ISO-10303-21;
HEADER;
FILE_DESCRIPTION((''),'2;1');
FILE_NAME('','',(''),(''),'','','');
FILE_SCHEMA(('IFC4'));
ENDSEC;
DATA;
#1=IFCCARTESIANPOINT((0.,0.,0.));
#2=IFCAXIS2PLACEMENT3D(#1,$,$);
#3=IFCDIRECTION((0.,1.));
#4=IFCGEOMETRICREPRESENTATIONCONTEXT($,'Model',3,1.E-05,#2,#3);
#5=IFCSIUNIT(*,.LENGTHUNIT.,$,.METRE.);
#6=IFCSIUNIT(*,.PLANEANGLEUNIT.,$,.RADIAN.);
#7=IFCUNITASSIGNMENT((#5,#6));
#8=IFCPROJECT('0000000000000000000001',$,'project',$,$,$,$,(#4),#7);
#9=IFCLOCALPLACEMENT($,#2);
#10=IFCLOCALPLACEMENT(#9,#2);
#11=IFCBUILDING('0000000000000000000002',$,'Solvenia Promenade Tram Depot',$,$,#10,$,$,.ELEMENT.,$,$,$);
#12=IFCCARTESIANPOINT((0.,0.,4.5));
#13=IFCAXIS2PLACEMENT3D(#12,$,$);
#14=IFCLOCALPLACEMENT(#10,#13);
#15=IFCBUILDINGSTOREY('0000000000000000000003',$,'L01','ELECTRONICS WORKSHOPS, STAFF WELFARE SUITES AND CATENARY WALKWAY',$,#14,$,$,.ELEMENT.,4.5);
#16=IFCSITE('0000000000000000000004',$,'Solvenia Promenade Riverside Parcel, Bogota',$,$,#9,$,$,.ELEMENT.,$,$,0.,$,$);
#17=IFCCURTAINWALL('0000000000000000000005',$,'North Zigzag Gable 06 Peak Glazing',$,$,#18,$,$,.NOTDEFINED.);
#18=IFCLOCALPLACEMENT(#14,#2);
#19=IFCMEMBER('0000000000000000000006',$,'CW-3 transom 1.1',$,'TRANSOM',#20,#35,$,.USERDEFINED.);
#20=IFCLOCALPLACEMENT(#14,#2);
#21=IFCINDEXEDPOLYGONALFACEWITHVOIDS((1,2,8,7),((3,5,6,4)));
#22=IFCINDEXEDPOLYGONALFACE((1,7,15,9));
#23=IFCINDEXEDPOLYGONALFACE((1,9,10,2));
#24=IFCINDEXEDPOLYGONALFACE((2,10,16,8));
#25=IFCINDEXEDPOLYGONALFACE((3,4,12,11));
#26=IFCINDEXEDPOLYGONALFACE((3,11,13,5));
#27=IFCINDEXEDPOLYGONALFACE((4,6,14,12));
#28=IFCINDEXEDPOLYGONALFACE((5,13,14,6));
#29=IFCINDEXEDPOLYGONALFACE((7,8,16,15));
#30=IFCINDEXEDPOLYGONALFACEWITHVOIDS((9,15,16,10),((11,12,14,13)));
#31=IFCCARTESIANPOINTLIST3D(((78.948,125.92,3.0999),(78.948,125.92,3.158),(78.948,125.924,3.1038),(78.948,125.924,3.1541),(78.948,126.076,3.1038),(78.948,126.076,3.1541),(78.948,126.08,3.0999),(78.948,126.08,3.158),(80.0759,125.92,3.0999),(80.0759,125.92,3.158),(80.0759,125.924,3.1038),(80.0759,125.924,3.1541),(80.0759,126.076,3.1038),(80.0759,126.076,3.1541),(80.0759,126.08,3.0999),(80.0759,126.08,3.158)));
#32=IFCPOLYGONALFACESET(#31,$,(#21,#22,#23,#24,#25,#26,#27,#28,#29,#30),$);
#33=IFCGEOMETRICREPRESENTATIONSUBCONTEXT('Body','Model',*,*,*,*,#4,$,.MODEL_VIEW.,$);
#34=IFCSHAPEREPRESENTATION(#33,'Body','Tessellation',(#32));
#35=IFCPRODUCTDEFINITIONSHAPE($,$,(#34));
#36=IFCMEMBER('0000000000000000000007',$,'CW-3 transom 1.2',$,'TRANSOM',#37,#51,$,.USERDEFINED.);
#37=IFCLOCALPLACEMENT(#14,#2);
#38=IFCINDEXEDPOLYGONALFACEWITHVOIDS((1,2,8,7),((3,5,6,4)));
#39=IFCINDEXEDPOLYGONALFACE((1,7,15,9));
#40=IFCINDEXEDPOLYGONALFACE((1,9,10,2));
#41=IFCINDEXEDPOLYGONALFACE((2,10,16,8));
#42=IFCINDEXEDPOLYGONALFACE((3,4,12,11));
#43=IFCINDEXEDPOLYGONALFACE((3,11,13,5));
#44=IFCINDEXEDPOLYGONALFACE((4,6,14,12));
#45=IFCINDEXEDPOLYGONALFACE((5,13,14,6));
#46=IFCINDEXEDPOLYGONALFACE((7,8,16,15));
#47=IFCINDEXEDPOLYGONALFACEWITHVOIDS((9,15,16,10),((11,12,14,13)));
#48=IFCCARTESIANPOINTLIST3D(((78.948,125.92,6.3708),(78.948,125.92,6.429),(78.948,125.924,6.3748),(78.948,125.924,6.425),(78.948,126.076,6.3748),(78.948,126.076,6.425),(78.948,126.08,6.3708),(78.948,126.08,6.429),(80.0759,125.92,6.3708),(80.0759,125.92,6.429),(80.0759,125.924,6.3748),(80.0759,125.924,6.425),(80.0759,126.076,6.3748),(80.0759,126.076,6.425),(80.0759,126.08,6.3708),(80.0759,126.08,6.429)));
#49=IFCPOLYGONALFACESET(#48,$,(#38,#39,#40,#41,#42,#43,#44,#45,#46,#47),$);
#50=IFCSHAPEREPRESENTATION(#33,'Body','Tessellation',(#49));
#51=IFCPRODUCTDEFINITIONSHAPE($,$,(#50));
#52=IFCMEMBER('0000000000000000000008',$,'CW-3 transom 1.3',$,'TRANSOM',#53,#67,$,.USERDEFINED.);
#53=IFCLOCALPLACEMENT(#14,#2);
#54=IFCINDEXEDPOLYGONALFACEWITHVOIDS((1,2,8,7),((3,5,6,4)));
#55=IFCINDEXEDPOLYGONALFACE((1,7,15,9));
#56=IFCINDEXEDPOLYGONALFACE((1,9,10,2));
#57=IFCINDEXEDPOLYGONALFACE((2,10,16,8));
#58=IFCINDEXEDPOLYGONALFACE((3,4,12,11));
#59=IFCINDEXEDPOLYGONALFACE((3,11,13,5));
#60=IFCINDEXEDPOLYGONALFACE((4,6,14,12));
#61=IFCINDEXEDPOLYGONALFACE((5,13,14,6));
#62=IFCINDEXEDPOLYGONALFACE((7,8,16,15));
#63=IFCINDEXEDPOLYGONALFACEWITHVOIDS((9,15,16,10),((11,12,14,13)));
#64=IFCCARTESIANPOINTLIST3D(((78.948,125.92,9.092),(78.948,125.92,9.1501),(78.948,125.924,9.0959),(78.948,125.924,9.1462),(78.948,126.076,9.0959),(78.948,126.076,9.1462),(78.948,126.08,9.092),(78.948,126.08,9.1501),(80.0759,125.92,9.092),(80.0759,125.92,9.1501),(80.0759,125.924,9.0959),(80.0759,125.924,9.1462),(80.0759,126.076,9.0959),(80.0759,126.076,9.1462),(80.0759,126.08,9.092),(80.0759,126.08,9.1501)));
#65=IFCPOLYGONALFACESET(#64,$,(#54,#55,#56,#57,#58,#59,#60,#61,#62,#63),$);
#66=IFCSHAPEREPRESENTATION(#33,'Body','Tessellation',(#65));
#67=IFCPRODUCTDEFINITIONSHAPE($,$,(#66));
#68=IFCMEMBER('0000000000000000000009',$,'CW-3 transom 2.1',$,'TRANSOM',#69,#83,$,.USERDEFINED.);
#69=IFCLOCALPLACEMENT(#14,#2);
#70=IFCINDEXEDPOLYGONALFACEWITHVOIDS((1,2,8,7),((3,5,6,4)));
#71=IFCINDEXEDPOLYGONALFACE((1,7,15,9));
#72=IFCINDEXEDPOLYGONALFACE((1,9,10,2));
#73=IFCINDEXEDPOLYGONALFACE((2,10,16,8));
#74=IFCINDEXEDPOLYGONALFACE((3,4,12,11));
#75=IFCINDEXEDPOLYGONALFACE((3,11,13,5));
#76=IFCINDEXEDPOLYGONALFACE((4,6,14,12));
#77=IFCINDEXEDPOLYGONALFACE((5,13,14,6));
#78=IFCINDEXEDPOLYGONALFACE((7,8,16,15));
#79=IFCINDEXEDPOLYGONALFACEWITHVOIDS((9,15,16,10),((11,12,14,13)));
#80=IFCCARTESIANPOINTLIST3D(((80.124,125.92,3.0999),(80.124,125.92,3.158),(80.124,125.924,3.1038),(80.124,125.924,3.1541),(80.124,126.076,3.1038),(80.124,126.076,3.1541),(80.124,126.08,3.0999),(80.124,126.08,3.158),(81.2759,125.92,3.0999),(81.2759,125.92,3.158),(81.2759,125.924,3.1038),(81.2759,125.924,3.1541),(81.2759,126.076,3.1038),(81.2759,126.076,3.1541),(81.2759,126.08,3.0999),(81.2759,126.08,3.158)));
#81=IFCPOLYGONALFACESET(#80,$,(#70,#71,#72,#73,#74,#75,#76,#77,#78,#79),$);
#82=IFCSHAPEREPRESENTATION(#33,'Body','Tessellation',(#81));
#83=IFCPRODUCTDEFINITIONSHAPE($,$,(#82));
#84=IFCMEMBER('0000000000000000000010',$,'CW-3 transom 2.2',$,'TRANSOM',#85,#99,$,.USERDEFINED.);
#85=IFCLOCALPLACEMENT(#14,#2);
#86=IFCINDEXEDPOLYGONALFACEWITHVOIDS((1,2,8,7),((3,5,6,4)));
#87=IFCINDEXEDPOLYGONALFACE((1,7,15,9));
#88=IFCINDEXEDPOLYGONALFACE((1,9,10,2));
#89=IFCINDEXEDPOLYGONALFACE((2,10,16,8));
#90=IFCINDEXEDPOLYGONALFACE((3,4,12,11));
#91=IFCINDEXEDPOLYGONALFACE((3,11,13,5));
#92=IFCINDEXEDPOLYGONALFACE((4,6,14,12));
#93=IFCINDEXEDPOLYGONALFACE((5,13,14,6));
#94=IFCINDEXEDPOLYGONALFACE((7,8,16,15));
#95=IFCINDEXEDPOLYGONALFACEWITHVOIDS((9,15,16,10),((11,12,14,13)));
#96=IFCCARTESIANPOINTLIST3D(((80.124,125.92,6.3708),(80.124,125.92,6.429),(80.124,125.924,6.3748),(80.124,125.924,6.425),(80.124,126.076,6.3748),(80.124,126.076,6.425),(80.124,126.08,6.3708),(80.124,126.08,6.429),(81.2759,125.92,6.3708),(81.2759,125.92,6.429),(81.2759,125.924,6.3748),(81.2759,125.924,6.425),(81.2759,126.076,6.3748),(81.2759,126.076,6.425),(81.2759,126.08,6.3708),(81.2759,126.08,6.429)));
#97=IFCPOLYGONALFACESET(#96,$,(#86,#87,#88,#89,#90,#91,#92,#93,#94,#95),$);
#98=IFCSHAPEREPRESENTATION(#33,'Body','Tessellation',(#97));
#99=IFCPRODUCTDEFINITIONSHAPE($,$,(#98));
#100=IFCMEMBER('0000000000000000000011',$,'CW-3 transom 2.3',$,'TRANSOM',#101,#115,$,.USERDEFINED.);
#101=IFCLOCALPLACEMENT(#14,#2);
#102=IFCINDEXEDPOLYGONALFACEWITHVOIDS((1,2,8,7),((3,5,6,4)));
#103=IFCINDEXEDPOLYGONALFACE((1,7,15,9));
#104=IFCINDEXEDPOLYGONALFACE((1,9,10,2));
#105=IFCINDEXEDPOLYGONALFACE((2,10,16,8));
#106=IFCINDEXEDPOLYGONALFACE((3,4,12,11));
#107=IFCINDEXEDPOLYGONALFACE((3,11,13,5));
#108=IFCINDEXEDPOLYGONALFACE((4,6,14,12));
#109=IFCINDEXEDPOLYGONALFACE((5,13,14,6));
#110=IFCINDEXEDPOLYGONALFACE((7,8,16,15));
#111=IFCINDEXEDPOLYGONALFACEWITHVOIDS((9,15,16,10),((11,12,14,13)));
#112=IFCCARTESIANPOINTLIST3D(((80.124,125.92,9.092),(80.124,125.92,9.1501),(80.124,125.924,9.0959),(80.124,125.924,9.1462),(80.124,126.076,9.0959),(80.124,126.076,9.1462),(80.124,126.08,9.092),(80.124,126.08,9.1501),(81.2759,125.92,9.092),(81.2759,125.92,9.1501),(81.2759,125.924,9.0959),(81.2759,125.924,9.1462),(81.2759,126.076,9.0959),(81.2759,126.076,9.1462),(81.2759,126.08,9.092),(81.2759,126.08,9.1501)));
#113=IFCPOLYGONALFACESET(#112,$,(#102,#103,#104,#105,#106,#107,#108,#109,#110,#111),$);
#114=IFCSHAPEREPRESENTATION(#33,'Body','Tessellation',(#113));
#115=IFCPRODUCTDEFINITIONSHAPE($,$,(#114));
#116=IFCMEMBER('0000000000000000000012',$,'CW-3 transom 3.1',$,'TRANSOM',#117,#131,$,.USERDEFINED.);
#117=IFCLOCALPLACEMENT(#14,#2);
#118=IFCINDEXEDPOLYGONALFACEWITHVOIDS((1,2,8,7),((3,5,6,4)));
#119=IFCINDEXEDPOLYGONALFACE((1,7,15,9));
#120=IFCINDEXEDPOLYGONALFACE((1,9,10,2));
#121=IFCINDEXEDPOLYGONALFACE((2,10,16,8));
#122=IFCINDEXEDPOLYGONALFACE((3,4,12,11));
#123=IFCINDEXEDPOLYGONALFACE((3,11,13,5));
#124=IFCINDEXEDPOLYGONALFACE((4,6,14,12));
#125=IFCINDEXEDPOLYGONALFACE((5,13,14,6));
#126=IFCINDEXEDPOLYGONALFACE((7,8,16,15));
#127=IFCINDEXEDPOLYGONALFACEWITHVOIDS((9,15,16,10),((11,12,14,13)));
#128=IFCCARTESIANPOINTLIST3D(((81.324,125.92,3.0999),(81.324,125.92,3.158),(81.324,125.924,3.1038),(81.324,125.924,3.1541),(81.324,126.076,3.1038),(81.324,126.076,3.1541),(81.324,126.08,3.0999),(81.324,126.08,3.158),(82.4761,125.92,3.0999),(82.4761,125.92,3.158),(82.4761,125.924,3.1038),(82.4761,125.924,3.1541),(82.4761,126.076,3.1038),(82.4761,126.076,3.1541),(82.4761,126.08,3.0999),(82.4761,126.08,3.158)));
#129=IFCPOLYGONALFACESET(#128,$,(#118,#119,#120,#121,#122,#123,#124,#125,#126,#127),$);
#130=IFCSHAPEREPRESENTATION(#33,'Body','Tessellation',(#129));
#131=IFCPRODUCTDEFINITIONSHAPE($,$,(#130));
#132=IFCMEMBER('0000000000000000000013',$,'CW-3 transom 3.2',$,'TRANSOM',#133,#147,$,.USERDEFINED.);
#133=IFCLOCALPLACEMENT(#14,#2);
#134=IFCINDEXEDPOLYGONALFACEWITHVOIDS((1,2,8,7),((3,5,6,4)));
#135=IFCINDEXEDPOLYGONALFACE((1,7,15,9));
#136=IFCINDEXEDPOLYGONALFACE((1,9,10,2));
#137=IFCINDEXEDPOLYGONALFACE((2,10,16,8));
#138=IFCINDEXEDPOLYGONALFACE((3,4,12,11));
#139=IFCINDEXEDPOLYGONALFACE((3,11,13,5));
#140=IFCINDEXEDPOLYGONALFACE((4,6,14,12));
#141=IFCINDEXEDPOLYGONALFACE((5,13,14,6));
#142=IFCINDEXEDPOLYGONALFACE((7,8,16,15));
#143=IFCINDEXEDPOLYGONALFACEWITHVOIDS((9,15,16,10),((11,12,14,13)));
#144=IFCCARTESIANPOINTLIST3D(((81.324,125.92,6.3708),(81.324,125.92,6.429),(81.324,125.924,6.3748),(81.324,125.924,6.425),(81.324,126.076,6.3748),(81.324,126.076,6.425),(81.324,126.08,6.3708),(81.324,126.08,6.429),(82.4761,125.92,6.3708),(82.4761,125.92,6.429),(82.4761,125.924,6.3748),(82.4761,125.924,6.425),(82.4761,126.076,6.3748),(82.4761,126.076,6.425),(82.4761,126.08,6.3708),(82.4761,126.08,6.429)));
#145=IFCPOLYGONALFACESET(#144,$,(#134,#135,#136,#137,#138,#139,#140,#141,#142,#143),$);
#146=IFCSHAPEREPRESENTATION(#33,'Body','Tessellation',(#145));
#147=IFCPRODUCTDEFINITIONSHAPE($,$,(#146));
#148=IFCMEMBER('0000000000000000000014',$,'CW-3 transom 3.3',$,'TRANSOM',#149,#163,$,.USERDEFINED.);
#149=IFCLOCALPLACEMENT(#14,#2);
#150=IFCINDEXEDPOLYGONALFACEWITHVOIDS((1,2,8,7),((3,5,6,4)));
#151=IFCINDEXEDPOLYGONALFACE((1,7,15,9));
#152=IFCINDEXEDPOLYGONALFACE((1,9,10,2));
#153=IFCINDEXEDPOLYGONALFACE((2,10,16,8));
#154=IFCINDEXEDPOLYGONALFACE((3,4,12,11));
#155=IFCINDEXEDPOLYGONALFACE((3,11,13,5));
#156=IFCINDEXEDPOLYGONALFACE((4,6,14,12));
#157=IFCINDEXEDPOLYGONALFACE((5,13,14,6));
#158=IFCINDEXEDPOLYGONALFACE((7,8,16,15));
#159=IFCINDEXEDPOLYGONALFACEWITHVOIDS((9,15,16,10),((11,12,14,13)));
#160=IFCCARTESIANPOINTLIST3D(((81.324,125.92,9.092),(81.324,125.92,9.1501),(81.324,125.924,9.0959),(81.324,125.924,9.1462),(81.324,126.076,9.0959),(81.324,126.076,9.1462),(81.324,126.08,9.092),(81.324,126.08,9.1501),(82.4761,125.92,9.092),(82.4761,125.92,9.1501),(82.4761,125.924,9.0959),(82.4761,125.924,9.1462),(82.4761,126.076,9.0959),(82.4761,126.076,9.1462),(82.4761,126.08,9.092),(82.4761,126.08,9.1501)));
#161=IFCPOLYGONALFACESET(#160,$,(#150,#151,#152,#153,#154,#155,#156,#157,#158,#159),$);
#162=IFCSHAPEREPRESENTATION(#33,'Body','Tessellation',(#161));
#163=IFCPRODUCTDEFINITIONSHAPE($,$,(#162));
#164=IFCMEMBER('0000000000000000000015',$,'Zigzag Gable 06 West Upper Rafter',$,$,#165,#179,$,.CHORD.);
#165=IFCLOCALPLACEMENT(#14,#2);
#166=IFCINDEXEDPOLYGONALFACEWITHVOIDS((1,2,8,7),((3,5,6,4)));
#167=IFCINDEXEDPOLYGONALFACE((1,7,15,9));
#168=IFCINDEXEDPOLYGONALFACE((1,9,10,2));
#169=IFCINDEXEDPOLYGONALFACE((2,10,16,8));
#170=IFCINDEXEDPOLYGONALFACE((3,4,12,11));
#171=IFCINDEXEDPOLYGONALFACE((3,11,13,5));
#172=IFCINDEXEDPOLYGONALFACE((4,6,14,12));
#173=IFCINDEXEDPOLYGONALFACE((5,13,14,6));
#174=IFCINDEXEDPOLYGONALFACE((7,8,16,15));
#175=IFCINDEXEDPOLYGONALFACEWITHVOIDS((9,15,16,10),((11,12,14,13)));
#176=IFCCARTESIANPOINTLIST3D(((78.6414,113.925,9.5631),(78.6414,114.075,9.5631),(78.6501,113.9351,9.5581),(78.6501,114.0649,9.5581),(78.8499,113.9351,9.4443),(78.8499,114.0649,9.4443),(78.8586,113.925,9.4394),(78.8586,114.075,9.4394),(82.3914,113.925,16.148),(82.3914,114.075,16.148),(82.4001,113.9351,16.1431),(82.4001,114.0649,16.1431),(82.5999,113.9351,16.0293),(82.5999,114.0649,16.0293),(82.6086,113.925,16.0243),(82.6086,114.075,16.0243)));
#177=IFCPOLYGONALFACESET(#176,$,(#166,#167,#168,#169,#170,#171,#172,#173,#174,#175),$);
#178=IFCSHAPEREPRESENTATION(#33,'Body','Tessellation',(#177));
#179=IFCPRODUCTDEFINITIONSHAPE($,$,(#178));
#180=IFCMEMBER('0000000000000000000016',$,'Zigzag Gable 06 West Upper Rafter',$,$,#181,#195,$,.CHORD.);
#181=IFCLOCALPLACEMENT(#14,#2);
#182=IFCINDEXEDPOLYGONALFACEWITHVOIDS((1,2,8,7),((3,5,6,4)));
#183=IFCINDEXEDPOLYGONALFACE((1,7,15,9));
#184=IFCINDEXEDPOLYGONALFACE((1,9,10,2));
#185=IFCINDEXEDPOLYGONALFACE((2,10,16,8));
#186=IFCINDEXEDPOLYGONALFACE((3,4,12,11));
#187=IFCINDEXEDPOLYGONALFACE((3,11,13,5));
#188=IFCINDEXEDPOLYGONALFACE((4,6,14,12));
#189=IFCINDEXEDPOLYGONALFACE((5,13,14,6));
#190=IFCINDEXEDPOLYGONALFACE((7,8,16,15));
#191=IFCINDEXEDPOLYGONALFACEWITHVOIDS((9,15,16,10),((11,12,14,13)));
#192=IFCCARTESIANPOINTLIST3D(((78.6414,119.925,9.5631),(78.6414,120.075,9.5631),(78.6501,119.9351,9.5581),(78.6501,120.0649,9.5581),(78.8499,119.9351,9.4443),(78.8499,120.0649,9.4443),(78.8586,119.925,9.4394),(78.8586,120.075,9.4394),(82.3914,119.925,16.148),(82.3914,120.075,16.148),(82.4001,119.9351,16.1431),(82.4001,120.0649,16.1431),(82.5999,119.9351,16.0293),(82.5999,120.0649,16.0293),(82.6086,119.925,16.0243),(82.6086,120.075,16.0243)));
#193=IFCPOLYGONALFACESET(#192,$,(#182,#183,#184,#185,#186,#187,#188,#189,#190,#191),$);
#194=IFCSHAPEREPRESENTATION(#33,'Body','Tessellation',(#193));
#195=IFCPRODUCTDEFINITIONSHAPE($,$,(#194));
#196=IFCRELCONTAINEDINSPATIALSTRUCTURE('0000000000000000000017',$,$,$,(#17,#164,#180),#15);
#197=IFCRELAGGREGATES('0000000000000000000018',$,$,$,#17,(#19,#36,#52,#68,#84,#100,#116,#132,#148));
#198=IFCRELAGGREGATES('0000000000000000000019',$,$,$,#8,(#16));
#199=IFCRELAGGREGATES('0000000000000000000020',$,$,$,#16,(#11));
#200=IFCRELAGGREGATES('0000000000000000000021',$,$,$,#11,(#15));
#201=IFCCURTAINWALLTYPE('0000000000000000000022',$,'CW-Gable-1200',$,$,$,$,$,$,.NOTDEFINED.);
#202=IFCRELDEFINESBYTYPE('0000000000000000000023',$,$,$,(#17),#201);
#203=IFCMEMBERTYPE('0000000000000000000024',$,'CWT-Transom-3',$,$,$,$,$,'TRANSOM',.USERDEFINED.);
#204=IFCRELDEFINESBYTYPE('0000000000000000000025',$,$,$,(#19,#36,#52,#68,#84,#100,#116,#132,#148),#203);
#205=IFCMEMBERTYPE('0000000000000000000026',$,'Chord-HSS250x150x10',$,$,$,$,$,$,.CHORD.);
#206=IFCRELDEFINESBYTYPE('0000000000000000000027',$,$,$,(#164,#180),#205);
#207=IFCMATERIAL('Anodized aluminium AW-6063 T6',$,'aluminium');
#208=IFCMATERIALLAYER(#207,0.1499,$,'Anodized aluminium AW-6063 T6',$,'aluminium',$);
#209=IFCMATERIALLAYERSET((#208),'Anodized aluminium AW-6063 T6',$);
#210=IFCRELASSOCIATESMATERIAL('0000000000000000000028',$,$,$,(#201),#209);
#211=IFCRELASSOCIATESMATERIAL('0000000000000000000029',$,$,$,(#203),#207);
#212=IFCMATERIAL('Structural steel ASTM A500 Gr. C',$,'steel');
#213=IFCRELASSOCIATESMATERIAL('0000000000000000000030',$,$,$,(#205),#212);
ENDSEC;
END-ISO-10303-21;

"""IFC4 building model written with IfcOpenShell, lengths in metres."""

from ifc_helpers import new_model, si_unit, direction, frame, origin, origin_2d, place, context, subcontext, project, spatial, hollow_rectangle, extrude, material, layer, layer_set, material_profile, profile_set, type_object, element, aggregate, save


model = new_model("IFC4")

# Units and contexts
model_context = context("Model", 3, precision=1e-05, world=origin(), true_north=direction((0.0, 1.0)))
body_context = subcontext(model_context, "Body", "Model", "MODEL_VIEW")
ifc_project = project(units=[si_unit("LENGTHUNIT", "METRE"), si_unit("PLANEANGLEUNIT", "RADIAN")], contexts=[model_context])

# Site, building, storey
site_placement = place(None, origin())
site = spatial("IfcSite", under=ifc_project, at=site_placement, Name="Solvenia Promenade Riverside Parcel, Bogota", CompositionType="ELEMENT", RefElevation=0.0)
building_placement = place(site_placement, origin())
building = spatial("IfcBuilding", under=site, at=building_placement, Name="Solvenia Promenade Tram Depot", CompositionType="ELEMENT")
storey_placement = place(building_placement, frame((0.0, 0.0, 4.5)))
storey = spatial("IfcBuildingStorey", under=building, at=storey_placement, Name="L01", Description="ELECTRONICS WORKSHOPS, STAFF WELFARE SUITES AND CATENARY WALKWAY", CompositionType="ELEMENT", Elevation=4.5)

# Curtain wall, members
ifc_material_1 = material(Name="Anodized aluminium AW-6063 T6", Category="aluminium")
ifc_layer_1 = layer(ifc_material_1, 0.1499, Name="Anodized aluminium AW-6063 T6", Category="aluminium")
ifc_layer_set_1 = layer_set([ifc_layer_1], Name="Anodized aluminium AW-6063 T6")
curtain_wall_type = type_object("IfcCurtainWallType", Name="CW-Gable-1200", PredefinedType="NOTDEFINED", material=ifc_layer_set_1)
curtain_wall_placement = place(storey_placement, origin())
curtain_wall = element("IfcCurtainWall", 1, at=curtain_wall_placement, inside=storey, type_object=curtain_wall_type, Name="North Zigzag Gable 06 Peak Glazing", PredefinedType="NOTDEFINED")
ifc_material_profile_1 = material_profile(ifc_material_1, hollow_rectangle(XDim=0.1599, YDim=0.0581, WallThickness=0.0039, at=origin_2d()), Name="ALU-T3", Category="aluminium")
ifc_profile_set_1 = profile_set([ifc_material_profile_1], Name="Anodized aluminium AW-6063 T6")
member_type_1 = type_object("IfcMemberType", Name="CWT-Transom-3", ElementType="TRANSOM", PredefinedType="USERDEFINED", material=ifc_profile_set_1)
member_1_placement = place(storey_placement, frame((78.948, 126.0, 3.1289), z_axis=(1.0, 0.0, 0.0), x_axis=(0.0, 1.0, 0.0)))
member_1 = element("IfcMember", 2, at=member_1_placement, type_object=member_type_1, Name="CW-3 transom 1.1", ObjectType="TRANSOM", PredefinedType="USERDEFINED", context=body_context, shape_type="SweptSolid", body=[
    extrude(hollow_rectangle(XDim=0.1599, YDim=0.0581, WallThickness=0.0039, at=origin_2d()), origin(), (0.0, 0.0, 1.0), 1.1279),
])
member_2_placement = place(storey_placement, frame((78.948, 126.0, 6.3999), z_axis=(1.0, 0.0, 0.0), x_axis=(0.0, 1.0, 0.0)))
member_2 = element("IfcMember", 3, at=member_2_placement, type_object=member_type_1, Name="CW-3 transom 1.2", ObjectType="TRANSOM", PredefinedType="USERDEFINED", context=body_context, shape_type="SweptSolid", body=[
    extrude(hollow_rectangle(XDim=0.1599, YDim=0.0581, WallThickness=0.0039, at=origin_2d()), origin(), (0.0, 0.0, 1.0), 1.1279),
])
member_3_placement = place(storey_placement, frame((78.948, 126.0, 9.1211), z_axis=(1.0, 0.0, 0.0), x_axis=(0.0, 1.0, 0.0)))
member_3 = element("IfcMember", 4, at=member_3_placement, type_object=member_type_1, Name="CW-3 transom 1.3", ObjectType="TRANSOM", PredefinedType="USERDEFINED", context=body_context, shape_type="SweptSolid", body=[
    extrude(hollow_rectangle(XDim=0.1599, YDim=0.0581, WallThickness=0.0039, at=origin_2d()), origin(), (0.0, 0.0, 1.0), 1.1279),
])
member_4_placement = place(storey_placement, frame((80.124, 126.0, 3.1289), z_axis=(1.0, 0.0, 0.0), x_axis=(0.0, 1.0, 0.0)))
member_4 = element("IfcMember", 5, at=member_4_placement, type_object=member_type_1, Name="CW-3 transom 2.1", ObjectType="TRANSOM", PredefinedType="USERDEFINED", context=body_context, shape_type="SweptSolid", body=[
    extrude(hollow_rectangle(XDim=0.1599, YDim=0.0581, WallThickness=0.0039, at=origin_2d()), origin(), (0.0, 0.0, 1.0), 1.1519),
])
member_5_placement = place(storey_placement, frame((80.124, 126.0, 6.3999), z_axis=(1.0, 0.0, 0.0), x_axis=(0.0, 1.0, 0.0)))
member_5 = element("IfcMember", 6, at=member_5_placement, type_object=member_type_1, Name="CW-3 transom 2.2", ObjectType="TRANSOM", PredefinedType="USERDEFINED", context=body_context, shape_type="SweptSolid", body=[
    extrude(hollow_rectangle(XDim=0.1599, YDim=0.0581, WallThickness=0.0039, at=origin_2d()), origin(), (0.0, 0.0, 1.0), 1.1519),
])
member_6_placement = place(storey_placement, frame((80.124, 126.0, 9.1211), z_axis=(1.0, 0.0, 0.0), x_axis=(0.0, 1.0, 0.0)))
member_6 = element("IfcMember", 7, at=member_6_placement, type_object=member_type_1, Name="CW-3 transom 2.3", ObjectType="TRANSOM", PredefinedType="USERDEFINED", context=body_context, shape_type="SweptSolid", body=[
    extrude(hollow_rectangle(XDim=0.1599, YDim=0.0581, WallThickness=0.0039, at=origin_2d()), origin(), (0.0, 0.0, 1.0), 1.1519),
])
member_7_placement = place(storey_placement, frame((81.324, 126.0, 3.1289), z_axis=(1.0, 0.0, 0.0), x_axis=(0.0, 1.0, 0.0)))
member_7 = element("IfcMember", 8, at=member_7_placement, type_object=member_type_1, Name="CW-3 transom 3.1", ObjectType="TRANSOM", PredefinedType="USERDEFINED", context=body_context, shape_type="SweptSolid", body=[
    extrude(hollow_rectangle(XDim=0.1599, YDim=0.0581, WallThickness=0.0039, at=origin_2d()), origin(), (0.0, 0.0, 1.0), 1.1521),
])
member_8_placement = place(storey_placement, frame((81.324, 126.0, 6.3999), z_axis=(1.0, 0.0, 0.0), x_axis=(0.0, 1.0, 0.0)))
member_8 = element("IfcMember", 9, at=member_8_placement, type_object=member_type_1, Name="CW-3 transom 3.2", ObjectType="TRANSOM", PredefinedType="USERDEFINED", context=body_context, shape_type="SweptSolid", body=[
    extrude(hollow_rectangle(XDim=0.1599, YDim=0.0581, WallThickness=0.0039, at=origin_2d()), origin(), (0.0, 0.0, 1.0), 1.1521),
])
member_9_placement = place(storey_placement, frame((81.324, 126.0, 9.1211), z_axis=(1.0, 0.0, 0.0), x_axis=(0.0, 1.0, 0.0)))
member_9 = element("IfcMember", 10, at=member_9_placement, type_object=member_type_1, Name="CW-3 transom 3.3", ObjectType="TRANSOM", PredefinedType="USERDEFINED", context=body_context, shape_type="SweptSolid", body=[
    extrude(hollow_rectangle(XDim=0.1599, YDim=0.0581, WallThickness=0.0039, at=origin_2d()), origin(), (0.0, 0.0, 1.0), 1.1521),
])

# Members
ifc_material_2 = material(Name="Structural steel ASTM A500 Gr. C", Category="steel")
ifc_material_profile_2 = material_profile(ifc_material_2, hollow_rectangle(XDim=0.1499, YDim=0.25, WallThickness=0.01, at=origin_2d()), Name="HSS250x150x10", Category="steel")
ifc_profile_set_2 = profile_set([ifc_material_profile_2], Name="Structural steel ASTM A500 Gr. C")
member_type_2 = type_object("IfcMemberType", Name="Chord-HSS250x150x10", PredefinedType="CHORD", material=ifc_profile_set_2)
for number, where, z_axis, x_axis, name in (
    (11, (78.75, 114.0, 9.5012), (0.494862, 0.0, 0.868972), (0.0, 1.0, 0.0), "Zigzag Gable 06 West Upper Rafter"),
    (12, (78.75, 120.0, 9.5012), (0.494862, 0.0, 0.868972), (0.0, 1.0, 0.0), "Zigzag Gable 06 West Upper Rafter"),
):
    element("IfcMember", number, at=place(storey_placement, frame(where, z_axis=z_axis, x_axis=x_axis)), inside=storey, type_object=member_type_2, Name=name, PredefinedType="CHORD", context=body_context, shape_type="SweptSolid", body=[
        extrude(hollow_rectangle(XDim=0.1499, YDim=0.25, WallThickness=0.01, at=origin_2d()), origin(), (0.0, 0.0, 1.0), 7.5779),
    ])

aggregate(curtain_wall, [member_1, member_2, member_3, member_4, member_5, member_6, member_7, member_8, member_9])

save(model, "model.ifc")
